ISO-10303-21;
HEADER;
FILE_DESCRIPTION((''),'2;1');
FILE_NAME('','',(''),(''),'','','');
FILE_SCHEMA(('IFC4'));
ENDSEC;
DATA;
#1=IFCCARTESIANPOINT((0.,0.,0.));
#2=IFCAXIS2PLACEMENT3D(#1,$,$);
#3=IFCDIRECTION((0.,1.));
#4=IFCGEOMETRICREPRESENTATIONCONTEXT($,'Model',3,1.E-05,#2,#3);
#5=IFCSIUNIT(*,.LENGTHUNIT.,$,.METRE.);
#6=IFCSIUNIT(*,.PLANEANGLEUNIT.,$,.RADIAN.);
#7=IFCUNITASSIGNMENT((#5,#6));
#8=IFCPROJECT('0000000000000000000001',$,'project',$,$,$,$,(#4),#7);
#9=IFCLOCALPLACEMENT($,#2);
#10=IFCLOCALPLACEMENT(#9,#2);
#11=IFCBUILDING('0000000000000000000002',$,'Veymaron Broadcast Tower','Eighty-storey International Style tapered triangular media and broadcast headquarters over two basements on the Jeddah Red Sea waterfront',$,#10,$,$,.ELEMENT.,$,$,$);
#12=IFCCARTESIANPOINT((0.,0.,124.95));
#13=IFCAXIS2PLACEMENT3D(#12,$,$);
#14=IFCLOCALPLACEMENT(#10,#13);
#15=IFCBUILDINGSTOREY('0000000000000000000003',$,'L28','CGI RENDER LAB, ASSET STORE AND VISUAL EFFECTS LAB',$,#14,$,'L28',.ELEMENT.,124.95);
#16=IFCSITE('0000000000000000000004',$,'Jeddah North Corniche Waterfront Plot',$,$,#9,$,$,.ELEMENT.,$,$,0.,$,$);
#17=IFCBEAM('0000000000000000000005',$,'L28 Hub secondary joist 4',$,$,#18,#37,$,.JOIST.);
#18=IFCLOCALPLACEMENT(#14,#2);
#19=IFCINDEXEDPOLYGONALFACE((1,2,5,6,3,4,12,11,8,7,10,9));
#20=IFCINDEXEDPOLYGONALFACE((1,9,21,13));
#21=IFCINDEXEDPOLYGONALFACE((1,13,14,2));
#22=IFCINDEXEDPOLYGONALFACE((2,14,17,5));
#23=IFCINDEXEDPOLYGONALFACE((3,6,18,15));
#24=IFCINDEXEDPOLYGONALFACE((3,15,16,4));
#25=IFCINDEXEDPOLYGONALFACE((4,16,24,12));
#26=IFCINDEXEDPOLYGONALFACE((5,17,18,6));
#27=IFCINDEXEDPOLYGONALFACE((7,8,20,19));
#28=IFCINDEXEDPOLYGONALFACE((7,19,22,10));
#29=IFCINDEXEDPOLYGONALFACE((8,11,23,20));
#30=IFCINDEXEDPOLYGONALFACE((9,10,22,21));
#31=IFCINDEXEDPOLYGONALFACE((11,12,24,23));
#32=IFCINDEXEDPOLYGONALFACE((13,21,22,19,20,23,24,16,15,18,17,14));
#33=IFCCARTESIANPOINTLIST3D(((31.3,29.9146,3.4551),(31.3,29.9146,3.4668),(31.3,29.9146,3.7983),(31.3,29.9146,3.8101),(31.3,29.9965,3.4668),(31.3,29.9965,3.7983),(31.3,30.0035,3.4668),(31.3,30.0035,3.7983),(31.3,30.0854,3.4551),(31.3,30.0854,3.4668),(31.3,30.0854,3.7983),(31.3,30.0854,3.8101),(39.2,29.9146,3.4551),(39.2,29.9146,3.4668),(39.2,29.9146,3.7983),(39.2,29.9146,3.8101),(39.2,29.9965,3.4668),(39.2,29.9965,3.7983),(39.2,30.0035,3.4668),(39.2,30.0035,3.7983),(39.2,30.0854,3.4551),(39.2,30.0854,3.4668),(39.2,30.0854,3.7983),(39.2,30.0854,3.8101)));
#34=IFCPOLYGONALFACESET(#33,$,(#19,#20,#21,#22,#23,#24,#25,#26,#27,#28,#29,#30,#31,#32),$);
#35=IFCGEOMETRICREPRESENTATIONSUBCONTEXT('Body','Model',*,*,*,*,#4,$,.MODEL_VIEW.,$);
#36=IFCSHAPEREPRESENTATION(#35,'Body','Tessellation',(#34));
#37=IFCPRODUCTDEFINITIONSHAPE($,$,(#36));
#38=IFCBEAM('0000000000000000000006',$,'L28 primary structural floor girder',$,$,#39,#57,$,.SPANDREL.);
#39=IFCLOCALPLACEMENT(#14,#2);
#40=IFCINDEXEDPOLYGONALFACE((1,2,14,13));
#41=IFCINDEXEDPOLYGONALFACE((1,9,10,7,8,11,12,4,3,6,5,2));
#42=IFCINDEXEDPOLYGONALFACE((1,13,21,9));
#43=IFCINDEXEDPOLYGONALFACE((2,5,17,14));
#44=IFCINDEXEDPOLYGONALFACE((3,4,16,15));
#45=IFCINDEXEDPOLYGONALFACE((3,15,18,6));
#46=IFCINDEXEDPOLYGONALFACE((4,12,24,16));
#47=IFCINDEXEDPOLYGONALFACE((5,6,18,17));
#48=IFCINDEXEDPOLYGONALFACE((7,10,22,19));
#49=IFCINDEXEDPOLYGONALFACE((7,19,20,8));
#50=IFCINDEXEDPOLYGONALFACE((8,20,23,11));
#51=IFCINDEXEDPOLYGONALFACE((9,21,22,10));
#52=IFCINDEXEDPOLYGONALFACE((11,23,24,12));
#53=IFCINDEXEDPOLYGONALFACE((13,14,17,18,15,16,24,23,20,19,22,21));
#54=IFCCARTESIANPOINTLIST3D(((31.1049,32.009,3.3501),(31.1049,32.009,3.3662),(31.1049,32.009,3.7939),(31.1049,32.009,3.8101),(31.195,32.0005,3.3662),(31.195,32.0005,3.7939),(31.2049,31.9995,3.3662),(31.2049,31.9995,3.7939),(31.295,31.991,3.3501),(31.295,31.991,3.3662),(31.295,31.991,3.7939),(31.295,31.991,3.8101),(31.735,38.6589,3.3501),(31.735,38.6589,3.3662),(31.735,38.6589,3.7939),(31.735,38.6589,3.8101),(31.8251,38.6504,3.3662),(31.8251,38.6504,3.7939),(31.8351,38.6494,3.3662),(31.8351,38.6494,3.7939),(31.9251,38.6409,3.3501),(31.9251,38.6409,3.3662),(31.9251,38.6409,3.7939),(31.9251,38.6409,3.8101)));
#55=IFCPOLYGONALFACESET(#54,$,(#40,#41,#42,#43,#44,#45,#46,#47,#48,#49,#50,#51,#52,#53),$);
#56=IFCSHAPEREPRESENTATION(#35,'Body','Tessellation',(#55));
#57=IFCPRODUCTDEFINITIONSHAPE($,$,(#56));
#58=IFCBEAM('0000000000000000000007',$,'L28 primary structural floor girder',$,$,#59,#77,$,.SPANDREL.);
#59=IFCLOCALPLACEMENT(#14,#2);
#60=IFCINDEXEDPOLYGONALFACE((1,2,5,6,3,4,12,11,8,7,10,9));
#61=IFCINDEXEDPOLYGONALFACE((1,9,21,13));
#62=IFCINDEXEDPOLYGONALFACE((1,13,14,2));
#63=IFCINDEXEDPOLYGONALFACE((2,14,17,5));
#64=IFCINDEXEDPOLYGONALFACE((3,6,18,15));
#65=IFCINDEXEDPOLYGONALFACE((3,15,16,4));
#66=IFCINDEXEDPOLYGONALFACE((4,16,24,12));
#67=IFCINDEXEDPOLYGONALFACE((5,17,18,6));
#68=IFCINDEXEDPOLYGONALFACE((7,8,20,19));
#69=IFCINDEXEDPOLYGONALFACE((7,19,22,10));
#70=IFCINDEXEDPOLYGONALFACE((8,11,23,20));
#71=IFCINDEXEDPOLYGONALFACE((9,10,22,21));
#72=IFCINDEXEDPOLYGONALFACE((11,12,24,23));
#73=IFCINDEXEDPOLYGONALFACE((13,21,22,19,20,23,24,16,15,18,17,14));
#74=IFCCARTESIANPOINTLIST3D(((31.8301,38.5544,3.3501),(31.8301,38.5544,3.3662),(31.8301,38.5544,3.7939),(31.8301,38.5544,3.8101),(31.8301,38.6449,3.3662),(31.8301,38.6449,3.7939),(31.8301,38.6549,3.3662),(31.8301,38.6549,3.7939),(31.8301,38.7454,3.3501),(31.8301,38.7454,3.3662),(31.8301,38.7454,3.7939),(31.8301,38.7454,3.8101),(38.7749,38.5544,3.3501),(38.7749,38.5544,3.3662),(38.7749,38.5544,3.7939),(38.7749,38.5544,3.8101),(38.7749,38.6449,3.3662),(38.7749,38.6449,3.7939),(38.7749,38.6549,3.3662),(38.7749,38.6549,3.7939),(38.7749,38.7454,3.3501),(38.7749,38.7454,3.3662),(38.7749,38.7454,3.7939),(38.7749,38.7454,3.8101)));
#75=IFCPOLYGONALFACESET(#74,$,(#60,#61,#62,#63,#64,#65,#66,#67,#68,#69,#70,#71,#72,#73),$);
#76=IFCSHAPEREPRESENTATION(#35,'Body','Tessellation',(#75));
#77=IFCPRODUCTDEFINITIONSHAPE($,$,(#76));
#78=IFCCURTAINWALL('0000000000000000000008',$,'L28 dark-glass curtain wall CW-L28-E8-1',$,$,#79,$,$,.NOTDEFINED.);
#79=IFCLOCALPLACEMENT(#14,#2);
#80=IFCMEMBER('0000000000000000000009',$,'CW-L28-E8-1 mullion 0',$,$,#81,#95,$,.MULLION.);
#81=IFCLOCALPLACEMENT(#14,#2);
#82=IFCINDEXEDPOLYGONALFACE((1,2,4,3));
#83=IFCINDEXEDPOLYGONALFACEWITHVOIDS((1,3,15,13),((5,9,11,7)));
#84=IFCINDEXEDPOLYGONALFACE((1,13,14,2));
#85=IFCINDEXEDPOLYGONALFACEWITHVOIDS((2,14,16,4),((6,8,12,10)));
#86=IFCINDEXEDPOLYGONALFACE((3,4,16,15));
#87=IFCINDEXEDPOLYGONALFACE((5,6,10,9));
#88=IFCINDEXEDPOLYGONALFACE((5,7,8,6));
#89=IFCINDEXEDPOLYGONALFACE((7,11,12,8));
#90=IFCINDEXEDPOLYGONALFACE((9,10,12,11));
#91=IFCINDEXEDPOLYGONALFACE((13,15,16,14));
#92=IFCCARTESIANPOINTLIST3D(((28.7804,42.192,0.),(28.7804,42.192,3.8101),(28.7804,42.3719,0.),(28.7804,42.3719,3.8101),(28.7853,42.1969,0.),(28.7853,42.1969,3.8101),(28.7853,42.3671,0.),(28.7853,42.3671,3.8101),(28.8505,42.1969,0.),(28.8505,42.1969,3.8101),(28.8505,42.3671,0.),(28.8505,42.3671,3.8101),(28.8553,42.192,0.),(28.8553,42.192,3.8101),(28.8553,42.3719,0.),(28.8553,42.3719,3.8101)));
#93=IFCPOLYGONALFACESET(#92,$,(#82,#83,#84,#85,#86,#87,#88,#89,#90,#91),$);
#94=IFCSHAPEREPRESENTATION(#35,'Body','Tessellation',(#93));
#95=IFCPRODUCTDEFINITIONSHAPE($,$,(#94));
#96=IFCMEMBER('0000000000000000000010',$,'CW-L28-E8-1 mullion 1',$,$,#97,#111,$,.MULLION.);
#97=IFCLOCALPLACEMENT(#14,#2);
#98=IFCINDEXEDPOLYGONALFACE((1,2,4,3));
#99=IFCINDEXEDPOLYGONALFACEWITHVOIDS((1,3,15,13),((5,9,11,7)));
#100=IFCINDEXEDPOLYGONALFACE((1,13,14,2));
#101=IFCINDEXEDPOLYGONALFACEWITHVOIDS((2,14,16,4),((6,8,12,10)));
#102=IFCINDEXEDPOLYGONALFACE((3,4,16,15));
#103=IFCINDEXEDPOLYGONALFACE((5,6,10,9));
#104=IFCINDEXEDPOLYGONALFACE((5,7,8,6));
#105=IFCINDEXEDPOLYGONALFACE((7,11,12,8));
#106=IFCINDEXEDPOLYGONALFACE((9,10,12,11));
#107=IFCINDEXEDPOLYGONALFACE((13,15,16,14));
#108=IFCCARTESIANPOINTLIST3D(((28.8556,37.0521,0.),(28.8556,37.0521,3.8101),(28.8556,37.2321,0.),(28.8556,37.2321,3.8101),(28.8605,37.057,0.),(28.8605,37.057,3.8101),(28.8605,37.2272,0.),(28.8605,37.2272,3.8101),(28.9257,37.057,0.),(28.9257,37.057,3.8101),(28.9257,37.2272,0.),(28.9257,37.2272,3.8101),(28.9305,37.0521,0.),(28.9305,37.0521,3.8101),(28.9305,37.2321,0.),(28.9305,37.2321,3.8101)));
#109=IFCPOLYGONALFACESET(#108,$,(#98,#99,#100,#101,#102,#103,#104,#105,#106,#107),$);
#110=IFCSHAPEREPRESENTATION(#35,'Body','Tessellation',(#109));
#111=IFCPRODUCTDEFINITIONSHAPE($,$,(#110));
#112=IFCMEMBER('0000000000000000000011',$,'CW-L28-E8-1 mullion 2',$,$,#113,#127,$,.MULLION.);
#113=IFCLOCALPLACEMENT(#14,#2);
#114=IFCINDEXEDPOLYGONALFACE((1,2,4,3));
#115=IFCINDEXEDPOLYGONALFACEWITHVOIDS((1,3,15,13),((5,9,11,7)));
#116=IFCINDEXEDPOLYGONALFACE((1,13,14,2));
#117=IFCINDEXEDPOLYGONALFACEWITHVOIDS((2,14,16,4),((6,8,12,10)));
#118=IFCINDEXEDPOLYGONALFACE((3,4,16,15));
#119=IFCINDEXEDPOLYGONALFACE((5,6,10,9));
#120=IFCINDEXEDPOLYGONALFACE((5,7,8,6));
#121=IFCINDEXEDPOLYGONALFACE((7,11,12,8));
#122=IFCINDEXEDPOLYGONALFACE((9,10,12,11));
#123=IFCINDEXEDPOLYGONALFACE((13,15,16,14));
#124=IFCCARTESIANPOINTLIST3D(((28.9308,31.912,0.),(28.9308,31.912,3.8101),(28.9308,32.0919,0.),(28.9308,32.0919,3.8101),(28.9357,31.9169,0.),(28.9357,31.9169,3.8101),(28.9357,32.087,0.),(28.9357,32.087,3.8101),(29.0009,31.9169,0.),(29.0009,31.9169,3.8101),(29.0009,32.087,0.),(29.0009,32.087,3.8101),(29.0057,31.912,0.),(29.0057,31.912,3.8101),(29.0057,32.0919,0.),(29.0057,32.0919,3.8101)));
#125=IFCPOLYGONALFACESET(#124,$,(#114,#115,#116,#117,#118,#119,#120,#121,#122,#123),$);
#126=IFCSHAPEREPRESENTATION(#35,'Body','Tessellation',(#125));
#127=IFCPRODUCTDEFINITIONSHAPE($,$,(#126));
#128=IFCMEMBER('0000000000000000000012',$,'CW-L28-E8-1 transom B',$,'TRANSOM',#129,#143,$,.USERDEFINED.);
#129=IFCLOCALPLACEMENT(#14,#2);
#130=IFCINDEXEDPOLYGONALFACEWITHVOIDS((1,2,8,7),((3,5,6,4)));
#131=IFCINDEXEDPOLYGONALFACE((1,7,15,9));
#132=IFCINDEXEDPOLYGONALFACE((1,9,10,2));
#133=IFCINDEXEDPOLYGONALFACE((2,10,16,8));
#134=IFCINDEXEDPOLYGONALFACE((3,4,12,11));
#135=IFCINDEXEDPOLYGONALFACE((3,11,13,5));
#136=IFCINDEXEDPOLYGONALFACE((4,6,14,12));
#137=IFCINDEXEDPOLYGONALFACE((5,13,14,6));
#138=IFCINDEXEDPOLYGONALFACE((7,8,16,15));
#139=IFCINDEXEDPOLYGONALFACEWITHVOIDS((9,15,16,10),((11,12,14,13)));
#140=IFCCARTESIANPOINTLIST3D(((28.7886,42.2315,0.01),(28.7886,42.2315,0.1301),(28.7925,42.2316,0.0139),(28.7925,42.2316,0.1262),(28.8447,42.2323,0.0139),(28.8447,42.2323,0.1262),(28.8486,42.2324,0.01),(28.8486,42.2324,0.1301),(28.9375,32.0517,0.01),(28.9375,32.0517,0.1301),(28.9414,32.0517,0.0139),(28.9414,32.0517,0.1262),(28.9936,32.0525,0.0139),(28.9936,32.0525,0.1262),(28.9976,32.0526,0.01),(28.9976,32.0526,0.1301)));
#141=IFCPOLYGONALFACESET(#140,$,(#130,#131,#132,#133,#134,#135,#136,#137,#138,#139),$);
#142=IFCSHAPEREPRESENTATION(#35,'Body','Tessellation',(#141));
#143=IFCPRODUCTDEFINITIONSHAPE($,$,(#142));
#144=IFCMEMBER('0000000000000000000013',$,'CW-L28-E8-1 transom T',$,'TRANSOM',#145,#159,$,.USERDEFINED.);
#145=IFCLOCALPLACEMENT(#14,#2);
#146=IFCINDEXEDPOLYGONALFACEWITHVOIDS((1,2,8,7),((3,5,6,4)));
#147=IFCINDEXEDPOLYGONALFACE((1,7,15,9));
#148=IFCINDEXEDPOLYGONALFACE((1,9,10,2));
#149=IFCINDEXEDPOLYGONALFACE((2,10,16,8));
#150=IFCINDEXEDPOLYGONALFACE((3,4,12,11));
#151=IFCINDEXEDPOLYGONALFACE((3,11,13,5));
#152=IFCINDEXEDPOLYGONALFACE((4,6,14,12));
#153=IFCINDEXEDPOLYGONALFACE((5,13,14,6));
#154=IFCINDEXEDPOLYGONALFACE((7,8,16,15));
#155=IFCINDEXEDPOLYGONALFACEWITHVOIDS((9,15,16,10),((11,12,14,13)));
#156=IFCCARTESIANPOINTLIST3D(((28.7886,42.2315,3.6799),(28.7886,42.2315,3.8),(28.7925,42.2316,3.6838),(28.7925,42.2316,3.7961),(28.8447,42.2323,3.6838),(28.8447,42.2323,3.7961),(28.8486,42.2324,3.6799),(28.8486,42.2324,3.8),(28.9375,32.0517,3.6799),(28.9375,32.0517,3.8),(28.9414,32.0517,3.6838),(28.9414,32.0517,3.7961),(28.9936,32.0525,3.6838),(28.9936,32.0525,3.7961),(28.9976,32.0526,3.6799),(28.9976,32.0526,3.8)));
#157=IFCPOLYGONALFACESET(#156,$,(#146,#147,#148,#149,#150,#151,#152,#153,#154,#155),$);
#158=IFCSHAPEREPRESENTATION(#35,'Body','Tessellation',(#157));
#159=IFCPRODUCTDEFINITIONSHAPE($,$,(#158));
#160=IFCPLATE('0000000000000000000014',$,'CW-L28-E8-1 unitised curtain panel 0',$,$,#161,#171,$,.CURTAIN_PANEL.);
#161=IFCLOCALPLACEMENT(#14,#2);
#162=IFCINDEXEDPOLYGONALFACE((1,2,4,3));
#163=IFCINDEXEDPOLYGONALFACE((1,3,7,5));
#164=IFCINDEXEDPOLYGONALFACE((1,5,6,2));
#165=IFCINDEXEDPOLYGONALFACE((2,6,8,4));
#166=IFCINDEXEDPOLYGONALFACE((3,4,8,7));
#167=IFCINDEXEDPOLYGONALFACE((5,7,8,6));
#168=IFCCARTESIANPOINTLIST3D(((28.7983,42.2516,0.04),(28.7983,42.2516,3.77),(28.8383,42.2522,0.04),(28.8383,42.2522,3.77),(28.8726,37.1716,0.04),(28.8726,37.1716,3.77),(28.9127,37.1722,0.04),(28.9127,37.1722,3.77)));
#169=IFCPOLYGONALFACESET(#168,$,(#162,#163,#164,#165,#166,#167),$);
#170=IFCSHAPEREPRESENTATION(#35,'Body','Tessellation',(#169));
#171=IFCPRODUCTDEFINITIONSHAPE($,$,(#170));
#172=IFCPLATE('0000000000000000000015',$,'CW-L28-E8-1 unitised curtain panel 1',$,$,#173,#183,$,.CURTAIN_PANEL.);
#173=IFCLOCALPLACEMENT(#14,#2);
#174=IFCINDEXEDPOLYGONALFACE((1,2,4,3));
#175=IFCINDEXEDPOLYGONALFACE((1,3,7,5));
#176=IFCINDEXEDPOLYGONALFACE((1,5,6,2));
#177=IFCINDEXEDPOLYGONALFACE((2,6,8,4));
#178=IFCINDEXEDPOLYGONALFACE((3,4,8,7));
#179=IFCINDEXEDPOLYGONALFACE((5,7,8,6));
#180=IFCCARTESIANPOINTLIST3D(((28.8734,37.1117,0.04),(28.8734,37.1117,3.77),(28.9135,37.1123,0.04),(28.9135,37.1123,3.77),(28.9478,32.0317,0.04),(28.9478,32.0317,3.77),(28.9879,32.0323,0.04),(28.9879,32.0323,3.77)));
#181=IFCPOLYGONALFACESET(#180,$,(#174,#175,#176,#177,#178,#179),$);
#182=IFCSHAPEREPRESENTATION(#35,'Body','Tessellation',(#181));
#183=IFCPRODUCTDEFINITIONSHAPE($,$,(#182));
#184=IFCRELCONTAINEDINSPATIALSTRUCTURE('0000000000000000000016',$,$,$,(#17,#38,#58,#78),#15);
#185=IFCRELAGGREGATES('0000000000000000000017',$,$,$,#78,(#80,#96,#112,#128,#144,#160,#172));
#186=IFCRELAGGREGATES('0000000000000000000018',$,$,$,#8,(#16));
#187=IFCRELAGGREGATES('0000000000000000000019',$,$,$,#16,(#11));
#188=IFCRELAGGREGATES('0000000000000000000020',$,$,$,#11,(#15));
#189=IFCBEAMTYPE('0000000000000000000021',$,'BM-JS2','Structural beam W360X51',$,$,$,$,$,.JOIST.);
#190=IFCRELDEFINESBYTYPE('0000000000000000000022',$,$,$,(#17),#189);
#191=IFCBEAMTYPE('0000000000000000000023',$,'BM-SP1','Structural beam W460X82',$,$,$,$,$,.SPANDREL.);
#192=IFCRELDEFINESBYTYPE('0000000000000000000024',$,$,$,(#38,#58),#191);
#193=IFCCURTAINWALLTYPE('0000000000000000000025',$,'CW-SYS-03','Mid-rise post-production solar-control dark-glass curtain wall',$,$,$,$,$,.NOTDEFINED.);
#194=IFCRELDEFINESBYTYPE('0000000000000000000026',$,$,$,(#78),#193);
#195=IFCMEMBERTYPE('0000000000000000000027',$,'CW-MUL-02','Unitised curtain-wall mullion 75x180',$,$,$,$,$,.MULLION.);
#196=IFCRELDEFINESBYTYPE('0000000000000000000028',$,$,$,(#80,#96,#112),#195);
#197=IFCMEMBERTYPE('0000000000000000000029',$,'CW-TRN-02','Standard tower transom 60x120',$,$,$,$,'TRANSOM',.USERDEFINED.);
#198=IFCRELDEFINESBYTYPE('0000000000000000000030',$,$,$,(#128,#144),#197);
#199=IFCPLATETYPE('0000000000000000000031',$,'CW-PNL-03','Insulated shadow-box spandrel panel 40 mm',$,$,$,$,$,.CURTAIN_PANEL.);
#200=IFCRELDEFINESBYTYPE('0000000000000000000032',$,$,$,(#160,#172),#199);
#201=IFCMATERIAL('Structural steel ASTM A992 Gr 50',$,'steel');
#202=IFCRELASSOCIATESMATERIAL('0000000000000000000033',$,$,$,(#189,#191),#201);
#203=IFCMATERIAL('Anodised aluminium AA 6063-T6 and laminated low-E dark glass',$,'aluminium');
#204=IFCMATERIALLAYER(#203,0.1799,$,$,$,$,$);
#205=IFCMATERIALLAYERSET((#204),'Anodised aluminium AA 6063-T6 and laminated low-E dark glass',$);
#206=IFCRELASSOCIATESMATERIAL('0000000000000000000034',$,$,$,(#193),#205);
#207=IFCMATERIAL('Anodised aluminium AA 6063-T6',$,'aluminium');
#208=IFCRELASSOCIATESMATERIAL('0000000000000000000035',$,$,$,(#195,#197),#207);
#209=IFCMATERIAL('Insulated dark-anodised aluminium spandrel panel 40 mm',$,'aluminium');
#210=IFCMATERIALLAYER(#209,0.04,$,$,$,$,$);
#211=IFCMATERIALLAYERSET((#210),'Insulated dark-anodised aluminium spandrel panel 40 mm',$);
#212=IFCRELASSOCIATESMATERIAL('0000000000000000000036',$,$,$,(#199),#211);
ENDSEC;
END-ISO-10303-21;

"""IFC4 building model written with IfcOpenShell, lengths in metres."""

from ifc_helpers import new_model, si_unit, direction, frame, origin, origin_2d, place, context, subcontext, project, spatial, rectangle, hollow_rectangle, i_section, extrude, material, layer, layer_set, material_profile, profile_set, type_object, element, aggregate, save


model = new_model("IFC4")

# Units and contexts
model_context = context("Model", 3, precision=1e-05, world=origin(), true_north=direction((0.0, 1.0)))
body_context = subcontext(model_context, "Body", "Model", "MODEL_VIEW")
ifc_project = project(units=[si_unit("LENGTHUNIT", "METRE"), si_unit("PLANEANGLEUNIT", "RADIAN")], contexts=[model_context])

# Site, building, storey
site_placement = place(None, origin())
site = spatial("IfcSite", under=ifc_project, at=site_placement, Name="Jeddah North Corniche Waterfront Plot", CompositionType="ELEMENT", RefElevation=0.0)
building_placement = place(site_placement, origin())
building = spatial("IfcBuilding", under=site, at=building_placement, Name="Veymaron Broadcast Tower", Description="Eighty-storey International Style tapered triangular media and broadcast headquarters over two basements on the Jeddah Red Sea waterfront", CompositionType="ELEMENT")
storey_placement = place(building_placement, frame((0.0, 0.0, 124.95)))
storey = spatial("IfcBuildingStorey", under=building, at=storey_placement, Name="L28", Description="CGI RENDER LAB, ASSET STORE AND VISUAL EFFECTS LAB", LongName="L28", CompositionType="ELEMENT", Elevation=124.95)

# Shared definitions
ifc_material_1 = material(Name="Structural steel ASTM A992 Gr 50", Category="steel")

# Beams
ifc_material_profile_1 = material_profile(ifc_material_1, i_section(OverallWidth=0.1709, OverallDepth=0.355, WebThickness=0.0071, FlangeThickness=0.0117, at=origin_2d()), Name="W360X51")
ifc_profile_set_1 = profile_set([ifc_material_profile_1], Name="Structural steel ASTM A992 Gr 50")
beam_type_1 = type_object("IfcBeamType", Name="BM-JS2", Description="Structural beam W360X51", PredefinedType="JOIST", material=ifc_profile_set_1)
for number, where, z_axis, x_axis, name in (
    (1, (31.3, 30.0, 3.6326), (1.0, 0.0, 0.0), (0.0, 1.0, 0.0), "L28 Hub secondary joist 4"),
):
    element("IfcBeam", number, at=place(storey_placement, frame(where, z_axis=z_axis, x_axis=x_axis)), inside=storey, type_object=beam_type_1, Name=name, PredefinedType="JOIST", context=body_context, shape_type="SweptSolid", body=[
        extrude(i_section(OverallWidth=0.1709, OverallDepth=0.355, WebThickness=0.0071, FlangeThickness=0.0117, at=origin_2d()), origin(), (0.0, 0.0, 1.0), 7.8999),
    ])
ifc_material_profile_2 = material_profile(ifc_material_1, i_section(OverallWidth=0.1909, OverallDepth=0.46, WebThickness=0.01, FlangeThickness=0.0161, at=origin_2d()), Name="W460X82")
ifc_profile_set_2 = profile_set([ifc_material_profile_2], Name="Structural steel ASTM A992 Gr 50")
beam_type_2 = type_object("IfcBeamType", Name="BM-SP1", Description="Structural beam W460X82", PredefinedType="SPANDREL", material=ifc_profile_set_2)
beam_1_placement = place(storey_placement, frame((31.2, 32.0, 3.5801), z_axis=(0.094335, 0.995541, 0.0), x_axis=(-0.995541, 0.094335, 0.0)))
element("IfcBeam", 2, at=beam_1_placement, inside=storey, type_object=beam_type_2, Name="L28 primary structural floor girder", PredefinedType="SPANDREL", context=body_context, shape_type="SweptSolid", body=[
    extrude(i_section(OverallWidth=0.1909, OverallDepth=0.46, WebThickness=0.01, FlangeThickness=0.0161, at=origin_2d()), origin(), (0.0, 0.0, 1.0), 6.6797),
])
beam_2_placement = place(storey_placement, frame((31.8301, 38.6499, 3.5801), z_axis=(1.0, 0.0, 0.0), x_axis=(0.0, 1.0, 0.0)))
element("IfcBeam", 3, at=beam_2_placement, inside=storey, type_object=beam_type_2, Name="L28 primary structural floor girder", PredefinedType="SPANDREL", context=body_context, shape_type="SweptSolid", body=[
    extrude(i_section(OverallWidth=0.1909, OverallDepth=0.46, WebThickness=0.01, FlangeThickness=0.0161, at=origin_2d()), origin(), (0.0, 0.0, 1.0), 6.9448),
])

# Curtain wall, members, plates
ifc_material_2 = material(Name="Anodised aluminium AA 6063-T6 and laminated low-E dark glass", Category="aluminium")
ifc_layer_1 = layer(ifc_material_2, 0.1799)
ifc_layer_set_1 = layer_set([ifc_layer_1], Name="Anodised aluminium AA 6063-T6 and laminated low-E dark glass")
curtain_wall_type = type_object("IfcCurtainWallType", Name="CW-SYS-03", Description="Mid-rise post-production solar-control dark-glass curtain wall", PredefinedType="NOTDEFINED", material=ifc_layer_set_1)
curtain_wall_placement = place(storey_placement, origin())
curtain_wall = element("IfcCurtainWall", 4, at=curtain_wall_placement, inside=storey, type_object=curtain_wall_type, Name="L28 dark-glass curtain wall CW-L28-E8-1", PredefinedType="NOTDEFINED")
ifc_material_3 = material(Name="Anodised aluminium AA 6063-T6", Category="aluminium")
ifc_material_profile_3 = material_profile(ifc_material_3, hollow_rectangle(XDim=0.075, YDim=0.1799, WallThickness=0.0049, at=origin_2d()), Name="AL180X75X5")
ifc_profile_set_3 = profile_set([ifc_material_profile_3], Name="Anodised aluminium AA 6063-T6")
member_type_1 = type_object("IfcMemberType", Name="CW-MUL-02", Description="Unitised curtain-wall mullion 75x180", PredefinedType="MULLION", material=ifc_profile_set_3)
member_1_placement = place(storey_placement, frame((28.8179, 42.282, 0.0), z_axis=(0.0, 0.0, 1.0), x_axis=(1.0, 0.0, 0.0)))
member_1 = element("IfcMember", 5, at=member_1_placement, type_object=member_type_1, Name="CW-L28-E8-1 mullion 0", PredefinedType="MULLION", context=body_context, shape_type="SweptSolid", body=[
    extrude(hollow_rectangle(XDim=0.075, YDim=0.1799, WallThickness=0.0049, at=origin_2d()), origin(), (0.0, 0.0, 1.0), 3.8101),
])
member_2_placement = place(storey_placement, frame((28.8931, 37.1421, 0.0), z_axis=(0.0, 0.0, 1.0), x_axis=(1.0, 0.0, 0.0)))
member_2 = element("IfcMember", 6, at=member_2_placement, type_object=member_type_1, Name="CW-L28-E8-1 mullion 1", PredefinedType="MULLION", context=body_context, shape_type="SweptSolid", body=[
    extrude(hollow_rectangle(XDim=0.075, YDim=0.1799, WallThickness=0.0049, at=origin_2d()), origin(), (0.0, 0.0, 1.0), 3.8101),
])
member_3_placement = place(storey_placement, frame((28.9683, 32.002, 0.0), z_axis=(0.0, 0.0, 1.0), x_axis=(1.0, 0.0, 0.0)))
member_3 = element("IfcMember", 7, at=member_3_placement, type_object=member_type_1, Name="CW-L28-E8-1 mullion 2", PredefinedType="MULLION", context=body_context, shape_type="SweptSolid", body=[
    extrude(hollow_rectangle(XDim=0.075, YDim=0.1799, WallThickness=0.0049, at=origin_2d()), origin(), (0.0, 0.0, 1.0), 3.8101),
])
ifc_material_profile_4 = material_profile(ifc_material_3, hollow_rectangle(XDim=0.0601, YDim=0.1201, WallThickness=0.0039, at=origin_2d()), Name="AL120X60X4")
ifc_profile_set_4 = profile_set([ifc_material_profile_4], Name="Anodised aluminium AA 6063-T6")
member_type_2 = type_object("IfcMemberType", Name="CW-TRN-02", Description="Standard tower transom 60x120", ElementType="TRANSOM", PredefinedType="USERDEFINED", material=ifc_profile_set_4)
member_4_placement = place(storey_placement, frame((28.8186, 42.2319, 0.0701), z_axis=(0.014628, -0.999893, 0.0), x_axis=(0.999893, 0.014628, 0.0)))
member_4 = element("IfcMember", 8, at=member_4_placement, type_object=member_type_2, Name="CW-L28-E8-1 transom B", ObjectType="TRANSOM", PredefinedType="USERDEFINED", context=body_context, shape_type="SweptSolid", body=[
    extrude(hollow_rectangle(XDim=0.0601, YDim=0.1201, WallThickness=0.0039, at=origin_2d()), origin(), (0.0, 0.0, 1.0), 10.1809),
])
member_5_placement = place(storey_placement, frame((28.8186, 42.2319, 3.74), z_axis=(0.014628, -0.999893, 0.0), x_axis=(0.999893, 0.014628, 0.0)))
member_5 = element("IfcMember", 9, at=member_5_placement, type_object=member_type_2, Name="CW-L28-E8-1 transom T", ObjectType="TRANSOM", PredefinedType="USERDEFINED", context=body_context, shape_type="SweptSolid", body=[
    extrude(hollow_rectangle(XDim=0.0601, YDim=0.1201, WallThickness=0.0039, at=origin_2d()), origin(), (0.0, 0.0, 1.0), 10.1809),
])
ifc_material_4 = material(Name="Insulated dark-anodised aluminium spandrel panel 40 mm", Category="aluminium")
ifc_layer_2 = layer(ifc_material_4, 0.04)
ifc_layer_set_2 = layer_set([ifc_layer_2], Name="Insulated dark-anodised aluminium spandrel panel 40 mm")
plate_type = type_object("IfcPlateType", Name="CW-PNL-03", Description="Insulated shadow-box spandrel panel 40 mm", PredefinedType="CURTAIN_PANEL", material=ifc_layer_set_2)
plate_1_placement = place(storey_placement, frame((28.8555, 39.7119, 0.04), z_axis=(0.0, 0.0, 1.0), x_axis=(0.014643, -0.999893, 0.0)))
plate_1 = element("IfcPlate", 10, at=plate_1_placement, type_object=plate_type, Name="CW-L28-E8-1 unitised curtain panel 0", PredefinedType="CURTAIN_PANEL", context=body_context, shape_type="SweptSolid", body=[
    extrude(rectangle(XDim=5.0806, YDim=0.04, at=origin_2d()), origin(), (0.0, 0.0, 1.0), 3.73),
])
plate_2_placement = place(storey_placement, frame((28.9307, 34.572, 0.04), z_axis=(0.0, 0.0, 1.0), x_axis=(0.014643, -0.999893, 0.0)))
plate_2 = element("IfcPlate", 11, at=plate_2_placement, type_object=plate_type, Name="CW-L28-E8-1 unitised curtain panel 1", PredefinedType="CURTAIN_PANEL", context=body_context, shape_type="SweptSolid", body=[
    extrude(rectangle(XDim=5.0806, YDim=0.04, at=origin_2d()), origin(), (0.0, 0.0, 1.0), 3.73),
])
aggregate(curtain_wall, [member_1, member_2, member_3, member_4, member_5, plate_1, plate_2])

save(model, "model.ifc")
